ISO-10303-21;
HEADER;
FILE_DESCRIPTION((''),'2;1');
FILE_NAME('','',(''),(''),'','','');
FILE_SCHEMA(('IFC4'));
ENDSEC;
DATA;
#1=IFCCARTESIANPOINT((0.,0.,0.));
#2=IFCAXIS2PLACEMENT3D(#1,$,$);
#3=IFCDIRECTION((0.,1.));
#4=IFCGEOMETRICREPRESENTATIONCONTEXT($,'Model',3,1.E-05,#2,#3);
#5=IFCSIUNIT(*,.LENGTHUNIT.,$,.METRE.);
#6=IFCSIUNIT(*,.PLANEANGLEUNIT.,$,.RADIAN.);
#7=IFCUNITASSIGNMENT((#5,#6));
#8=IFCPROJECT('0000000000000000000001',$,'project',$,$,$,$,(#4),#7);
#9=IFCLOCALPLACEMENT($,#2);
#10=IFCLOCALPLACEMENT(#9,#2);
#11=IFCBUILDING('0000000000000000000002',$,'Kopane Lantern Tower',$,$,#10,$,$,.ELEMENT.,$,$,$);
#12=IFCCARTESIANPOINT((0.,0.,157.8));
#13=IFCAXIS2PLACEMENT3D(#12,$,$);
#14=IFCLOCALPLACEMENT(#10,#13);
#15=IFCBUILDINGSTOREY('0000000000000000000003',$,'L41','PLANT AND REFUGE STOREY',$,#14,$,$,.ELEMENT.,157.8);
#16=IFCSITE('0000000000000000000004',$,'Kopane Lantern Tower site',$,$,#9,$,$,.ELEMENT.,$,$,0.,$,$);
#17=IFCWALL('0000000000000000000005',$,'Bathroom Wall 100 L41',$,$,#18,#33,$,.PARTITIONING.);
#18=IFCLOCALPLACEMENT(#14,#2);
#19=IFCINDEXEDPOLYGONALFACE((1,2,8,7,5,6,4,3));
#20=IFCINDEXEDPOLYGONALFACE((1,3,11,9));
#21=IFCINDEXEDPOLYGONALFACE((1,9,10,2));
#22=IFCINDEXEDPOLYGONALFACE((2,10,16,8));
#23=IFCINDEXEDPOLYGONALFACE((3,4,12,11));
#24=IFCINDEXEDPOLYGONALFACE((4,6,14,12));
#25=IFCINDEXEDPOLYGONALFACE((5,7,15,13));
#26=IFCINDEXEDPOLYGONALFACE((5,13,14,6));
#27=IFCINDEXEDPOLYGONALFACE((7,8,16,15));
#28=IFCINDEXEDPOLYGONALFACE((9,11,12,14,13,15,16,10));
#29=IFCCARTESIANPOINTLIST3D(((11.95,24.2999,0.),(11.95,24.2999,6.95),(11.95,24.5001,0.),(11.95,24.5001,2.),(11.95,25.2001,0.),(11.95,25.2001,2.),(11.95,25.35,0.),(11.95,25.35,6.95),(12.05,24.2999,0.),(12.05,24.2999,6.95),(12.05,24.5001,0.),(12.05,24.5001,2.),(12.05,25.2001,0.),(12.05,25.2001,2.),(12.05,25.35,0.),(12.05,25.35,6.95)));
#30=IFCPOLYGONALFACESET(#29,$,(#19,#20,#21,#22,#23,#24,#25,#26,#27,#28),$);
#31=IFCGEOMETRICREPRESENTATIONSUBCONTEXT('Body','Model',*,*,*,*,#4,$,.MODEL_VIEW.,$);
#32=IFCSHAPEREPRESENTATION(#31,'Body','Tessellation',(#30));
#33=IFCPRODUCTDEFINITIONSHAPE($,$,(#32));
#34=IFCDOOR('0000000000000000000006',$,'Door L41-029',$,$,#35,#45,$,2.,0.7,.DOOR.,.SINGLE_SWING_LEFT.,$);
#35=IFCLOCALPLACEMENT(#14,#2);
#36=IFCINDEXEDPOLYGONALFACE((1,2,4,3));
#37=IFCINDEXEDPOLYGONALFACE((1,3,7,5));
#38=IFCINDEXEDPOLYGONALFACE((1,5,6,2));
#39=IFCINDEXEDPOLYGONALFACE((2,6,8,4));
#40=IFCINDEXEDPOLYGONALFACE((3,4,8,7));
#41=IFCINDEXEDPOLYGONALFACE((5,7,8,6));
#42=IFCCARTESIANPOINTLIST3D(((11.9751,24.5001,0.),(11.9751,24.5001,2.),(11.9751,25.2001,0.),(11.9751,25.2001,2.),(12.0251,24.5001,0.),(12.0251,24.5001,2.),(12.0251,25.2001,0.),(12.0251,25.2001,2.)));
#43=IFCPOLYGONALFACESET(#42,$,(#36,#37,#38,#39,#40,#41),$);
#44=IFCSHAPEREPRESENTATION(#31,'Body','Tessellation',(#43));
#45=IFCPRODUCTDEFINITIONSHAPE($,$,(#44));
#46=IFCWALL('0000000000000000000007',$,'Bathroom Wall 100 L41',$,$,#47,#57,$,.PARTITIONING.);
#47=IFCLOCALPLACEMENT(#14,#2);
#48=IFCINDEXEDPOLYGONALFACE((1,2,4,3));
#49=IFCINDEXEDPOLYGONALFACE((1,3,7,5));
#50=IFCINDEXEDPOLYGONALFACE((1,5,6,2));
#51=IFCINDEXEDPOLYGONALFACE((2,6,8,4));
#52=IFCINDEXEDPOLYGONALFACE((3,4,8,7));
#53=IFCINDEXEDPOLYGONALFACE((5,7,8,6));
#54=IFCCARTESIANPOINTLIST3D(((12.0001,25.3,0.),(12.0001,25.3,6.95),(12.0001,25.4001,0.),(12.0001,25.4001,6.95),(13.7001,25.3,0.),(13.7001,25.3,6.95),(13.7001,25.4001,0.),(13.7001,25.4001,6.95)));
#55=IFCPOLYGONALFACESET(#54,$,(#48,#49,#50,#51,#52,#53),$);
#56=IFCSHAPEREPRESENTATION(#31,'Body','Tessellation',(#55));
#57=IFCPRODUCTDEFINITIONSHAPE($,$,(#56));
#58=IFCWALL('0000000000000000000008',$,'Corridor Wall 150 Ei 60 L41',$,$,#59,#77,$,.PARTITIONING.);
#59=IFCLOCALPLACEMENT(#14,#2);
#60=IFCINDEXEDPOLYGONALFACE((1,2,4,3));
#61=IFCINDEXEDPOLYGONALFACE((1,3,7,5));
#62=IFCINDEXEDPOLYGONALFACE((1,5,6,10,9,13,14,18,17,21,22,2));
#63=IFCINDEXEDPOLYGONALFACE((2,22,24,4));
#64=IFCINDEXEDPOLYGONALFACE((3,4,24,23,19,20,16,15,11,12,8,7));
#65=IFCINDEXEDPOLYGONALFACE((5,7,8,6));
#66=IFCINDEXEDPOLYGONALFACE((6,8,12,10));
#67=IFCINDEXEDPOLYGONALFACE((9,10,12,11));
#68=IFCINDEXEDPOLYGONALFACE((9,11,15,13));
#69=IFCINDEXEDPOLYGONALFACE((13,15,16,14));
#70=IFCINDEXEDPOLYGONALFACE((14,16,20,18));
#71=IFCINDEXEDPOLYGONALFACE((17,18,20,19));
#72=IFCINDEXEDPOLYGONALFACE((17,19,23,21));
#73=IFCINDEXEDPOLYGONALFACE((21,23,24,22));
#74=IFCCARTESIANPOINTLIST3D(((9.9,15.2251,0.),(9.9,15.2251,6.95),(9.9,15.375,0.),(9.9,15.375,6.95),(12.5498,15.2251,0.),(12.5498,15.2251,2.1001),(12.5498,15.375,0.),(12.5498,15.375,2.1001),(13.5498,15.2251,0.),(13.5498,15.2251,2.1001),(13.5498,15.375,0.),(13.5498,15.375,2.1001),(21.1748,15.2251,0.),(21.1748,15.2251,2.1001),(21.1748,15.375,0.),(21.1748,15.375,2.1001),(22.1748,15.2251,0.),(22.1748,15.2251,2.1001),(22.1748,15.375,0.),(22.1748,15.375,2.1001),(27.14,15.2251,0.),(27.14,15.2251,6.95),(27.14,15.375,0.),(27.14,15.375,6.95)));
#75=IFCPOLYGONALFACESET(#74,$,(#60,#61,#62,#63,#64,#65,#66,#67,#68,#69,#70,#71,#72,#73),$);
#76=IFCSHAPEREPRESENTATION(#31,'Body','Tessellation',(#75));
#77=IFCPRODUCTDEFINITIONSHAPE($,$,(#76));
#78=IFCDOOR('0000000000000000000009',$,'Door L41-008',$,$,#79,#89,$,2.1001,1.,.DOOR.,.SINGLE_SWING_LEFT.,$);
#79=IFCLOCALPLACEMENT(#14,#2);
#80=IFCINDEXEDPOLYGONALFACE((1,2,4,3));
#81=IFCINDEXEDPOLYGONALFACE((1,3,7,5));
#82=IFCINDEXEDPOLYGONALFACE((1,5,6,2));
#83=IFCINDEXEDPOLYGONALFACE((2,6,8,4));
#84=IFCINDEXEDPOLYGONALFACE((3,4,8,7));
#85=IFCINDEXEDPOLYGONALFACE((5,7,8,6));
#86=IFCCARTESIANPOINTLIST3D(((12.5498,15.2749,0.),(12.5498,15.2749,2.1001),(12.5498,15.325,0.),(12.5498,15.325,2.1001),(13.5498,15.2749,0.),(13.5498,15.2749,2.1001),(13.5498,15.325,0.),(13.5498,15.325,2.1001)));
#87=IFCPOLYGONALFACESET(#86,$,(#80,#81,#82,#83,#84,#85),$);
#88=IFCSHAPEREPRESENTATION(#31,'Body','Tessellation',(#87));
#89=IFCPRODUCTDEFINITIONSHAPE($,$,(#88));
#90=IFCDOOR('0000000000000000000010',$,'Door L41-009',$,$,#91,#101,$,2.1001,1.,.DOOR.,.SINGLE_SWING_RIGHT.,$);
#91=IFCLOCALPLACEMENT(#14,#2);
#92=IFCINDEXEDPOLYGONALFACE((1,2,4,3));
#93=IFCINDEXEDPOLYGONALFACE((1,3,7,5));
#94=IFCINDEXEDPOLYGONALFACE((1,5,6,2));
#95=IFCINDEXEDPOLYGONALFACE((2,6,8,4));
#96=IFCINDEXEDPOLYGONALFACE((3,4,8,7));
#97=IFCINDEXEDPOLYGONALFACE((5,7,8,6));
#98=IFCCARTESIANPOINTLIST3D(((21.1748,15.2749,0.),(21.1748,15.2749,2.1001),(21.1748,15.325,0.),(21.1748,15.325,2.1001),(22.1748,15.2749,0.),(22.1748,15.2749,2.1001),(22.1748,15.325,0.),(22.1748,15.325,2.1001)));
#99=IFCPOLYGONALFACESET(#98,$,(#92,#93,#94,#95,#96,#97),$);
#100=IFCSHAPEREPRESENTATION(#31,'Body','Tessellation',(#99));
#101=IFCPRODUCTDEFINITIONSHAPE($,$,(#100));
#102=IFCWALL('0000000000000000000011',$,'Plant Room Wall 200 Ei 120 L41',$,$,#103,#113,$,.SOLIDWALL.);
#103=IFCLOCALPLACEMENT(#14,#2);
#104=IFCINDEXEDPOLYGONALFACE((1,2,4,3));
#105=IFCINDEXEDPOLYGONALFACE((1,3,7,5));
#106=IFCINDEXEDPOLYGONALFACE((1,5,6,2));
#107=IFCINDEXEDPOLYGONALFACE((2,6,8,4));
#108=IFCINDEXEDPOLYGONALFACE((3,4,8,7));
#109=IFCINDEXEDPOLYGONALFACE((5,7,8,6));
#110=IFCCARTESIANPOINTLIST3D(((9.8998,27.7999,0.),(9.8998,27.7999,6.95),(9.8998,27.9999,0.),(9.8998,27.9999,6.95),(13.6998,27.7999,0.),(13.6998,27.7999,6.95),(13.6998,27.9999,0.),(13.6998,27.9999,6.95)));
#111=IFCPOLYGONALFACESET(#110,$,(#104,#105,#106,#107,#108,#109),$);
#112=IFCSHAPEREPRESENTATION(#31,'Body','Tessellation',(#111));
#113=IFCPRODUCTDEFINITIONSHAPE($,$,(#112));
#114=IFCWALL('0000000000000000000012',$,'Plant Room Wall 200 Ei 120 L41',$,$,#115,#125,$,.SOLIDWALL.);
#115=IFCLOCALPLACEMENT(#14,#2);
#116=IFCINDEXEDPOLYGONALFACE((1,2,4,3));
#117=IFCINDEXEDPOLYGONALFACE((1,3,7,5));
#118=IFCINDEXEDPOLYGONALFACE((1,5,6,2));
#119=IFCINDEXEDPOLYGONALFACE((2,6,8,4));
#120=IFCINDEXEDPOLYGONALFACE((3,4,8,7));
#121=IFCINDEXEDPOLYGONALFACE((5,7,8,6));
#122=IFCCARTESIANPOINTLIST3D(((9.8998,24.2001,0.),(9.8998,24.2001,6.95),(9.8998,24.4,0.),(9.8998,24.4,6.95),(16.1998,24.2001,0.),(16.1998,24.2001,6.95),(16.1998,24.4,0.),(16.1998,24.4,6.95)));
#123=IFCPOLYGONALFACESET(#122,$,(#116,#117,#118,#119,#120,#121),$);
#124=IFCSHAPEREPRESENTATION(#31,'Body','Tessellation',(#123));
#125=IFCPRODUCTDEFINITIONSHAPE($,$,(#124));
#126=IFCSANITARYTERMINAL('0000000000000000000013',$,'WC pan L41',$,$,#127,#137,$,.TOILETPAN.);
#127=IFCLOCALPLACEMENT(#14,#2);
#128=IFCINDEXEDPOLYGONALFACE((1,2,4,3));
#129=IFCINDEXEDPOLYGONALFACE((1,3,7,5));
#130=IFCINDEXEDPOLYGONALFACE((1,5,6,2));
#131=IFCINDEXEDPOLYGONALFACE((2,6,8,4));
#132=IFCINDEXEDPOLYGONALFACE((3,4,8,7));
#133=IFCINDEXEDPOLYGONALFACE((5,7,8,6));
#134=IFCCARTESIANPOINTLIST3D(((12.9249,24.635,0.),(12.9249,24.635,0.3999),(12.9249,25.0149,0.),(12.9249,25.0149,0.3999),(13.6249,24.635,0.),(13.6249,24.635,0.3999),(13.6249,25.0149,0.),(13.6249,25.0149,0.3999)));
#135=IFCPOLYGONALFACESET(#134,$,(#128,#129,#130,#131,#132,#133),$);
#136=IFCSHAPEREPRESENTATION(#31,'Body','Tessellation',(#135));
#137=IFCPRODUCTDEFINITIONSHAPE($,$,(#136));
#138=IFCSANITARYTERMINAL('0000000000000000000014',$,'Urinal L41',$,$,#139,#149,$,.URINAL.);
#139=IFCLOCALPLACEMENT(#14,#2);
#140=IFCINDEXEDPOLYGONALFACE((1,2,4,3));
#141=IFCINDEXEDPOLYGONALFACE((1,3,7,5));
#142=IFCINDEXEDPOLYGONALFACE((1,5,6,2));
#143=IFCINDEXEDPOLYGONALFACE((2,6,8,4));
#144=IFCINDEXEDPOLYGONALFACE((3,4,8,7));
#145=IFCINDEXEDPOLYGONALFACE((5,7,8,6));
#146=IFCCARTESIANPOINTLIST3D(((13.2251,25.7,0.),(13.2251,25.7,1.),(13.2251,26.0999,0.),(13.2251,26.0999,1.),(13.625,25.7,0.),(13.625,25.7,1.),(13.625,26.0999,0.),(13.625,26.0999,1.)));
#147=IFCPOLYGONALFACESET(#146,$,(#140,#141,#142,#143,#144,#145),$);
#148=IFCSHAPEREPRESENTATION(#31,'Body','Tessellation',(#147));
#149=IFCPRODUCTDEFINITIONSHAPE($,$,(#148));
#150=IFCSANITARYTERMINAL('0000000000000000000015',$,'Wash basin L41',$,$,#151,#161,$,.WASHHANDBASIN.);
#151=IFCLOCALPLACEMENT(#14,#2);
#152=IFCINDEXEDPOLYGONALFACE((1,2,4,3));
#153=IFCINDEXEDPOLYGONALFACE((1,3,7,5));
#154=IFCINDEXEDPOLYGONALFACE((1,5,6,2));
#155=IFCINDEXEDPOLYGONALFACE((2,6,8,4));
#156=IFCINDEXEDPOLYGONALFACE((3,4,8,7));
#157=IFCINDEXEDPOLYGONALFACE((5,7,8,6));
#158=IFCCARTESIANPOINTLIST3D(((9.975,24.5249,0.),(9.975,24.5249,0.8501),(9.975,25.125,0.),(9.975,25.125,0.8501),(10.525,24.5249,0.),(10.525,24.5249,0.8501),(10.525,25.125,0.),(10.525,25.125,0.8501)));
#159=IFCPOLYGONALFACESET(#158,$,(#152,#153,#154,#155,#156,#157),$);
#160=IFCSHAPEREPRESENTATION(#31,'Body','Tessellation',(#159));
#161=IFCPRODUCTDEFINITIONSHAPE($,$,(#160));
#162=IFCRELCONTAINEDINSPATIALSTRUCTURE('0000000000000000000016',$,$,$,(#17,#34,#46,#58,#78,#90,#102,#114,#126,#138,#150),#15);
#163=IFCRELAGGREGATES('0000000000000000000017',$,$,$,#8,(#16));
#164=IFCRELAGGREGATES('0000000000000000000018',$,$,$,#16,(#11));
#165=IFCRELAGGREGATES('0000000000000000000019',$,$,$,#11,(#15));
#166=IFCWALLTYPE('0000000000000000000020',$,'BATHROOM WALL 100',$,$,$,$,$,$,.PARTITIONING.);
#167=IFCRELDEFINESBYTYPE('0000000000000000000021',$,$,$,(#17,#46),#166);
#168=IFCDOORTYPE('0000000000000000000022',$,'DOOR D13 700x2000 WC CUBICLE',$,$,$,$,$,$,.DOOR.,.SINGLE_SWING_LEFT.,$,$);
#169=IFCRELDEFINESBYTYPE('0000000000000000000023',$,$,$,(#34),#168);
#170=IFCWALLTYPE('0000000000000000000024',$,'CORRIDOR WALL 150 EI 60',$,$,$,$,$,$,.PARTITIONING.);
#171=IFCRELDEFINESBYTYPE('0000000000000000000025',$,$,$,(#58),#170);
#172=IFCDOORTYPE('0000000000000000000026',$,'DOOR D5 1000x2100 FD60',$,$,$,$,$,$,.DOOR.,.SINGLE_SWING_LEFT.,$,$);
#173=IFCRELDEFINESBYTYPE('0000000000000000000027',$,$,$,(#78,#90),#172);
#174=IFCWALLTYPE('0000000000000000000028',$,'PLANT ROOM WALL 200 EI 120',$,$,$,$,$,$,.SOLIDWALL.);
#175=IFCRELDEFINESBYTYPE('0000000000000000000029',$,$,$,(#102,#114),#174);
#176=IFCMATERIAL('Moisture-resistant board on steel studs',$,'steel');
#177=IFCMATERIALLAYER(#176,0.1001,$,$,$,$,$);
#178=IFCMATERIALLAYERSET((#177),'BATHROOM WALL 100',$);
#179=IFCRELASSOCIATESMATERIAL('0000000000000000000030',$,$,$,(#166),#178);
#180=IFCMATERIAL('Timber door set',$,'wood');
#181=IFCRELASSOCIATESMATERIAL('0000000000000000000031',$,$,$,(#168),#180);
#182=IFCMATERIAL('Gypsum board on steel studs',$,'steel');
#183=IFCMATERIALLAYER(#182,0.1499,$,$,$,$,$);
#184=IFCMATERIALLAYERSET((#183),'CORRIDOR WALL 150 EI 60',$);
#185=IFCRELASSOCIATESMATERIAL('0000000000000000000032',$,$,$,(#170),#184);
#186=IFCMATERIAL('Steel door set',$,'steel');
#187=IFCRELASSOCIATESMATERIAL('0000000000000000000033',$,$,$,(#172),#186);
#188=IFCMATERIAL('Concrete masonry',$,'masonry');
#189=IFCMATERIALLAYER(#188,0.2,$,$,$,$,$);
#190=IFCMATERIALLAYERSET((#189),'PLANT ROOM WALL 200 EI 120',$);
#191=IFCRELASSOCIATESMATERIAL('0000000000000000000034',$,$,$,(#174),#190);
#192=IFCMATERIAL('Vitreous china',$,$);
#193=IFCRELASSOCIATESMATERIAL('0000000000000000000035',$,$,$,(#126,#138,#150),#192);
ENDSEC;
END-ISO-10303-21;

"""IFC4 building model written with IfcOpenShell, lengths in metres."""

from ifc_helpers import new_model, si_unit, direction, frame, frame_2d, origin, origin_2d, place, context, subcontext, project, spatial, rectangle, extrude, material, layer, layer_set, type_object, element, fill, save


model = new_model("IFC4")

# Units and contexts
model_context = context("Model", 3, precision=1e-05, world=origin(), true_north=direction((0.0, 1.0)))
body_context = subcontext(model_context, "Body", "Model", "MODEL_VIEW")
ifc_project = project(units=[si_unit("LENGTHUNIT", "METRE"), si_unit("PLANEANGLEUNIT", "RADIAN")], contexts=[model_context])

# Site, building, storey
site_placement = place(None, origin())
site = spatial("IfcSite", under=ifc_project, at=site_placement, Name="Kopane Lantern Tower site", CompositionType="ELEMENT", RefElevation=0.0)
building_placement = place(site_placement, origin())
building = spatial("IfcBuilding", under=site, at=building_placement, Name="Kopane Lantern Tower", CompositionType="ELEMENT")
storey_placement = place(building_placement, frame((0.0, 0.0, 157.8)))
storey = spatial("IfcBuildingStorey", under=building, at=storey_placement, Name="L41", Description="PLANT AND REFUGE STOREY", CompositionType="ELEMENT", Elevation=157.8)

# Wall, opening, door
ifc_material_1 = material(Name="Moisture-resistant board on steel studs", Category="steel")
ifc_layer_1 = layer(ifc_material_1, 0.1001)
ifc_layer_set_1 = layer_set([ifc_layer_1], Name="BATHROOM WALL 100")
wall_type_1 = type_object("IfcWallType", Name="BATHROOM WALL 100", PredefinedType="PARTITIONING", material=ifc_layer_set_1)
wall_1_placement = place(storey_placement, frame((12.0, 24.3, 0.0), z_axis=(0.0, 0.0, 1.0), x_axis=(0.0, 1.0, 0.0)))
wall_1 = element("IfcWall", 1, at=wall_1_placement, inside=storey, type_object=wall_type_1, Name="Bathroom Wall 100 L41", PredefinedType="PARTITIONING", context=body_context, shape_type="SweptSolid", body=[
    extrude(rectangle(XDim=1.05, YDim=0.1001, at=frame_2d((0.5249, 0.0))), origin(), (0.0, 0.0, 1.0), 6.95),
])
opening_1_placement = place(wall_1_placement, frame((0.2, 0.0, 0.0)))
opening_1 = element("IfcOpeningElement", 2, at=opening_1_placement, cuts=wall_1, PredefinedType="OPENING", context=body_context, shape_type="SweptSolid", body=[
    extrude(rectangle(XDim=0.7, YDim=2.0, at=frame_2d((0.3501, 1.0))), frame((0.0, 0.0601, 0.0), z_axis=(0.0, -1.0, 0.0), x_axis=(1.0, 0.0, 0.0)), (0.0, 0.0, 1.0), 0.1201),
])
ifc_material_2 = material(Name="Timber door set", Category="wood")
door_type_1 = type_object("IfcDoorType", Name="DOOR D13 700x2000 WC CUBICLE", OperationType="SINGLE_SWING_LEFT", PredefinedType="DOOR", material=ifc_material_2)
door_1_placement = place(opening_1_placement, origin())
door_1 = element("IfcDoor", 3, at=door_1_placement, inside=storey, type_object=door_type_1, Name="Door L41-029", OperationType="SINGLE_SWING_LEFT", OverallHeight=2.0, OverallWidth=0.7, PredefinedType="DOOR", context=body_context, shape_type="SweptSolid", body=[
    extrude(rectangle(XDim=0.7, YDim=2.0, at=frame_2d((0.3501, 1.0))), frame((0.0, 0.0249, 0.0), z_axis=(0.0, -1.0, 0.0), x_axis=(1.0, 0.0, 0.0)), (0.0, 0.0, 1.0), 0.05),
])
fill(opening_1, door_1)

# Wall
wall_2_placement = place(storey_placement, frame((12.0, 25.3501, 0.0), z_axis=(0.0, 0.0, 1.0), x_axis=(1.0, 0.0, 0.0)))
element("IfcWall", 4, at=wall_2_placement, inside=storey, type_object=wall_type_1, Name="Bathroom Wall 100 L41", PredefinedType="PARTITIONING", context=body_context, shape_type="SweptSolid", body=[
    extrude(rectangle(XDim=1.7, YDim=0.1001, at=frame_2d((0.8501, 0.0))), origin(), (0.0, 0.0, 1.0), 6.95),
])

# Wall, openings, doors
ifc_material_3 = material(Name="Gypsum board on steel studs", Category="steel")
ifc_layer_2 = layer(ifc_material_3, 0.1499)
ifc_layer_set_2 = layer_set([ifc_layer_2], Name="CORRIDOR WALL 150 EI 60")
wall_type_2 = type_object("IfcWallType", Name="CORRIDOR WALL 150 EI 60", PredefinedType="PARTITIONING", material=ifc_layer_set_2)
wall_3_placement = place(storey_placement, frame((9.8999, 15.3, 0.0), z_axis=(0.0, 0.0, 1.0), x_axis=(1.0, 0.0, 0.0)))
wall_3 = element("IfcWall", 5, at=wall_3_placement, inside=storey, type_object=wall_type_2, Name="Corridor Wall 150 Ei 60 L41", PredefinedType="PARTITIONING", context=body_context, shape_type="SweptSolid", body=[
    extrude(rectangle(XDim=17.24, YDim=0.1499, at=frame_2d((8.6201, 0.0))), origin(), (0.0, 0.0, 1.0), 6.95),
])
opening_2_placement = place(wall_3_placement, frame((2.6499, 0.0, 0.0)))
opening_2 = element("IfcOpeningElement", 6, at=opening_2_placement, cuts=wall_3, PredefinedType="OPENING", context=body_context, shape_type="SweptSolid", body=[
    extrude(rectangle(XDim=1.0, YDim=2.1001, at=frame_2d((0.5, 1.05))), frame((0.0, 0.085, 0.0), z_axis=(0.0, -1.0, 0.0), x_axis=(1.0, 0.0, 0.0)), (0.0, 0.0, 1.0), 0.1699),
])
opening_3_placement = place(wall_3_placement, frame((11.2749, 0.0, 0.0)))
opening_3 = element("IfcOpeningElement", 7, at=opening_3_placement, cuts=wall_3, PredefinedType="OPENING", context=body_context, shape_type="SweptSolid", body=[
    extrude(rectangle(XDim=1.0, YDim=2.1001, at=frame_2d((0.5, 1.05))), frame((0.0, 0.085, 0.0), z_axis=(0.0, -1.0, 0.0), x_axis=(1.0, 0.0, 0.0)), (0.0, 0.0, 1.0), 0.1699),
])
ifc_material_4 = material(Name="Steel door set", Category="steel")
door_type_2 = type_object("IfcDoorType", Name="DOOR D5 1000x2100 FD60", OperationType="SINGLE_SWING_LEFT", PredefinedType="DOOR", material=ifc_material_4)
door_2_placement = place(opening_2_placement, origin())
door_2 = element("IfcDoor", 8, at=door_2_placement, inside=storey, type_object=door_type_2, Name="Door L41-008", OperationType="SINGLE_SWING_LEFT", OverallHeight=2.1001, OverallWidth=1.0, PredefinedType="DOOR", context=body_context, shape_type="SweptSolid", body=[
    extrude(rectangle(XDim=1.0, YDim=2.1001, at=frame_2d((0.5, 1.05))), frame((0.0, 0.0249, 0.0), z_axis=(0.0, -1.0, 0.0), x_axis=(1.0, 0.0, 0.0)), (0.0, 0.0, 1.0), 0.05),
])
fill(opening_2, door_2)
door_3_placement = place(opening_3_placement, origin())
door_3 = element("IfcDoor", 9, at=door_3_placement, inside=storey, type_object=door_type_2, Name="Door L41-009", OperationType="SINGLE_SWING_RIGHT", OverallHeight=2.1001, OverallWidth=1.0, PredefinedType="DOOR", context=body_context, shape_type="SweptSolid", body=[
    extrude(rectangle(XDim=1.0, YDim=2.1001, at=frame_2d((0.5, 1.05))), frame((0.0, 0.0249, 0.0), z_axis=(0.0, -1.0, 0.0), x_axis=(1.0, 0.0, 0.0)), (0.0, 0.0, 1.0), 0.05),
])
fill(opening_3, door_3)

# Walls
ifc_material_5 = material(Name="Concrete masonry", Category="masonry")
ifc_layer_3 = layer(ifc_material_5, 0.2)
ifc_layer_set_3 = layer_set([ifc_layer_3], Name="PLANT ROOM WALL 200 EI 120")
wall_type_3 = type_object("IfcWallType", Name="PLANT ROOM WALL 200 EI 120", PredefinedType="SOLIDWALL", material=ifc_layer_set_3)
wall_4_placement = place(storey_placement, frame((9.8999, 27.8999, 0.0), z_axis=(0.0, 0.0, 1.0), x_axis=(1.0, 0.0, 0.0)))
element("IfcWall", 10, at=wall_4_placement, inside=storey, type_object=wall_type_3, Name="Plant Room Wall 200 Ei 120 L41", PredefinedType="SOLIDWALL", context=body_context, shape_type="SweptSolid", body=[
    extrude(rectangle(XDim=3.8, YDim=0.2, at=frame_2d((1.8999, 0.0))), origin(), (0.0, 0.0, 1.0), 6.95),
])
wall_5_placement = place(storey_placement, frame((9.8999, 24.3, 0.0), z_axis=(0.0, 0.0, 1.0), x_axis=(1.0, 0.0, 0.0)))
element("IfcWall", 11, at=wall_5_placement, inside=storey, type_object=wall_type_3, Name="Plant Room Wall 200 Ei 120 L41", PredefinedType="SOLIDWALL", context=body_context, shape_type="SweptSolid", body=[
    extrude(rectangle(XDim=6.3, YDim=0.2, at=frame_2d((3.1499, 0.0))), origin(), (0.0, 0.0, 1.0), 6.95),
])

# Sanitary terminals
ifc_material_6 = material(Name="Vitreous china")
sanitary_terminal_1_placement = place(storey_placement, frame((13.2749, 24.825, 0.0), z_axis=(0.0, 0.0, 1.0), x_axis=(1.0, 0.0, 0.0)))
element("IfcSanitaryTerminal", 12, at=sanitary_terminal_1_placement, inside=storey, material=ifc_material_6, Name="WC pan L41", PredefinedType="TOILETPAN", context=body_context, shape_type="SweptSolid", body=[
    extrude(rectangle(XDim=0.7, YDim=0.3799, at=origin_2d()), origin(), (0.0, 0.0, 1.0), 0.3999),
])
sanitary_terminal_2_placement = place(storey_placement, frame((13.425, 25.8999, 0.0), z_axis=(0.0, 0.0, 1.0), x_axis=(1.0, 0.0, 0.0)))
element("IfcSanitaryTerminal", 13, at=sanitary_terminal_2_placement, inside=storey, material=ifc_material_6, Name="Urinal L41", PredefinedType="URINAL", context=body_context, shape_type="SweptSolid", body=[
    extrude(rectangle(XDim=0.3999, YDim=0.3999, at=origin_2d()), origin(), (0.0, 0.0, 1.0), 1.0),
])
sanitary_terminal_3_placement = place(storey_placement, frame((10.25, 24.825, 0.0), z_axis=(0.0, 0.0, 1.0), x_axis=(1.0, 0.0, 0.0)))
element("IfcSanitaryTerminal", 14, at=sanitary_terminal_3_placement, inside=storey, material=ifc_material_6, Name="Wash basin L41", PredefinedType="WASHHANDBASIN", context=body_context, shape_type="SweptSolid", body=[
    extrude(rectangle(XDim=0.55, YDim=0.6001, at=origin_2d()), origin(), (0.0, 0.0, 1.0), 0.8501),
])

save(model, "model.ifc")
